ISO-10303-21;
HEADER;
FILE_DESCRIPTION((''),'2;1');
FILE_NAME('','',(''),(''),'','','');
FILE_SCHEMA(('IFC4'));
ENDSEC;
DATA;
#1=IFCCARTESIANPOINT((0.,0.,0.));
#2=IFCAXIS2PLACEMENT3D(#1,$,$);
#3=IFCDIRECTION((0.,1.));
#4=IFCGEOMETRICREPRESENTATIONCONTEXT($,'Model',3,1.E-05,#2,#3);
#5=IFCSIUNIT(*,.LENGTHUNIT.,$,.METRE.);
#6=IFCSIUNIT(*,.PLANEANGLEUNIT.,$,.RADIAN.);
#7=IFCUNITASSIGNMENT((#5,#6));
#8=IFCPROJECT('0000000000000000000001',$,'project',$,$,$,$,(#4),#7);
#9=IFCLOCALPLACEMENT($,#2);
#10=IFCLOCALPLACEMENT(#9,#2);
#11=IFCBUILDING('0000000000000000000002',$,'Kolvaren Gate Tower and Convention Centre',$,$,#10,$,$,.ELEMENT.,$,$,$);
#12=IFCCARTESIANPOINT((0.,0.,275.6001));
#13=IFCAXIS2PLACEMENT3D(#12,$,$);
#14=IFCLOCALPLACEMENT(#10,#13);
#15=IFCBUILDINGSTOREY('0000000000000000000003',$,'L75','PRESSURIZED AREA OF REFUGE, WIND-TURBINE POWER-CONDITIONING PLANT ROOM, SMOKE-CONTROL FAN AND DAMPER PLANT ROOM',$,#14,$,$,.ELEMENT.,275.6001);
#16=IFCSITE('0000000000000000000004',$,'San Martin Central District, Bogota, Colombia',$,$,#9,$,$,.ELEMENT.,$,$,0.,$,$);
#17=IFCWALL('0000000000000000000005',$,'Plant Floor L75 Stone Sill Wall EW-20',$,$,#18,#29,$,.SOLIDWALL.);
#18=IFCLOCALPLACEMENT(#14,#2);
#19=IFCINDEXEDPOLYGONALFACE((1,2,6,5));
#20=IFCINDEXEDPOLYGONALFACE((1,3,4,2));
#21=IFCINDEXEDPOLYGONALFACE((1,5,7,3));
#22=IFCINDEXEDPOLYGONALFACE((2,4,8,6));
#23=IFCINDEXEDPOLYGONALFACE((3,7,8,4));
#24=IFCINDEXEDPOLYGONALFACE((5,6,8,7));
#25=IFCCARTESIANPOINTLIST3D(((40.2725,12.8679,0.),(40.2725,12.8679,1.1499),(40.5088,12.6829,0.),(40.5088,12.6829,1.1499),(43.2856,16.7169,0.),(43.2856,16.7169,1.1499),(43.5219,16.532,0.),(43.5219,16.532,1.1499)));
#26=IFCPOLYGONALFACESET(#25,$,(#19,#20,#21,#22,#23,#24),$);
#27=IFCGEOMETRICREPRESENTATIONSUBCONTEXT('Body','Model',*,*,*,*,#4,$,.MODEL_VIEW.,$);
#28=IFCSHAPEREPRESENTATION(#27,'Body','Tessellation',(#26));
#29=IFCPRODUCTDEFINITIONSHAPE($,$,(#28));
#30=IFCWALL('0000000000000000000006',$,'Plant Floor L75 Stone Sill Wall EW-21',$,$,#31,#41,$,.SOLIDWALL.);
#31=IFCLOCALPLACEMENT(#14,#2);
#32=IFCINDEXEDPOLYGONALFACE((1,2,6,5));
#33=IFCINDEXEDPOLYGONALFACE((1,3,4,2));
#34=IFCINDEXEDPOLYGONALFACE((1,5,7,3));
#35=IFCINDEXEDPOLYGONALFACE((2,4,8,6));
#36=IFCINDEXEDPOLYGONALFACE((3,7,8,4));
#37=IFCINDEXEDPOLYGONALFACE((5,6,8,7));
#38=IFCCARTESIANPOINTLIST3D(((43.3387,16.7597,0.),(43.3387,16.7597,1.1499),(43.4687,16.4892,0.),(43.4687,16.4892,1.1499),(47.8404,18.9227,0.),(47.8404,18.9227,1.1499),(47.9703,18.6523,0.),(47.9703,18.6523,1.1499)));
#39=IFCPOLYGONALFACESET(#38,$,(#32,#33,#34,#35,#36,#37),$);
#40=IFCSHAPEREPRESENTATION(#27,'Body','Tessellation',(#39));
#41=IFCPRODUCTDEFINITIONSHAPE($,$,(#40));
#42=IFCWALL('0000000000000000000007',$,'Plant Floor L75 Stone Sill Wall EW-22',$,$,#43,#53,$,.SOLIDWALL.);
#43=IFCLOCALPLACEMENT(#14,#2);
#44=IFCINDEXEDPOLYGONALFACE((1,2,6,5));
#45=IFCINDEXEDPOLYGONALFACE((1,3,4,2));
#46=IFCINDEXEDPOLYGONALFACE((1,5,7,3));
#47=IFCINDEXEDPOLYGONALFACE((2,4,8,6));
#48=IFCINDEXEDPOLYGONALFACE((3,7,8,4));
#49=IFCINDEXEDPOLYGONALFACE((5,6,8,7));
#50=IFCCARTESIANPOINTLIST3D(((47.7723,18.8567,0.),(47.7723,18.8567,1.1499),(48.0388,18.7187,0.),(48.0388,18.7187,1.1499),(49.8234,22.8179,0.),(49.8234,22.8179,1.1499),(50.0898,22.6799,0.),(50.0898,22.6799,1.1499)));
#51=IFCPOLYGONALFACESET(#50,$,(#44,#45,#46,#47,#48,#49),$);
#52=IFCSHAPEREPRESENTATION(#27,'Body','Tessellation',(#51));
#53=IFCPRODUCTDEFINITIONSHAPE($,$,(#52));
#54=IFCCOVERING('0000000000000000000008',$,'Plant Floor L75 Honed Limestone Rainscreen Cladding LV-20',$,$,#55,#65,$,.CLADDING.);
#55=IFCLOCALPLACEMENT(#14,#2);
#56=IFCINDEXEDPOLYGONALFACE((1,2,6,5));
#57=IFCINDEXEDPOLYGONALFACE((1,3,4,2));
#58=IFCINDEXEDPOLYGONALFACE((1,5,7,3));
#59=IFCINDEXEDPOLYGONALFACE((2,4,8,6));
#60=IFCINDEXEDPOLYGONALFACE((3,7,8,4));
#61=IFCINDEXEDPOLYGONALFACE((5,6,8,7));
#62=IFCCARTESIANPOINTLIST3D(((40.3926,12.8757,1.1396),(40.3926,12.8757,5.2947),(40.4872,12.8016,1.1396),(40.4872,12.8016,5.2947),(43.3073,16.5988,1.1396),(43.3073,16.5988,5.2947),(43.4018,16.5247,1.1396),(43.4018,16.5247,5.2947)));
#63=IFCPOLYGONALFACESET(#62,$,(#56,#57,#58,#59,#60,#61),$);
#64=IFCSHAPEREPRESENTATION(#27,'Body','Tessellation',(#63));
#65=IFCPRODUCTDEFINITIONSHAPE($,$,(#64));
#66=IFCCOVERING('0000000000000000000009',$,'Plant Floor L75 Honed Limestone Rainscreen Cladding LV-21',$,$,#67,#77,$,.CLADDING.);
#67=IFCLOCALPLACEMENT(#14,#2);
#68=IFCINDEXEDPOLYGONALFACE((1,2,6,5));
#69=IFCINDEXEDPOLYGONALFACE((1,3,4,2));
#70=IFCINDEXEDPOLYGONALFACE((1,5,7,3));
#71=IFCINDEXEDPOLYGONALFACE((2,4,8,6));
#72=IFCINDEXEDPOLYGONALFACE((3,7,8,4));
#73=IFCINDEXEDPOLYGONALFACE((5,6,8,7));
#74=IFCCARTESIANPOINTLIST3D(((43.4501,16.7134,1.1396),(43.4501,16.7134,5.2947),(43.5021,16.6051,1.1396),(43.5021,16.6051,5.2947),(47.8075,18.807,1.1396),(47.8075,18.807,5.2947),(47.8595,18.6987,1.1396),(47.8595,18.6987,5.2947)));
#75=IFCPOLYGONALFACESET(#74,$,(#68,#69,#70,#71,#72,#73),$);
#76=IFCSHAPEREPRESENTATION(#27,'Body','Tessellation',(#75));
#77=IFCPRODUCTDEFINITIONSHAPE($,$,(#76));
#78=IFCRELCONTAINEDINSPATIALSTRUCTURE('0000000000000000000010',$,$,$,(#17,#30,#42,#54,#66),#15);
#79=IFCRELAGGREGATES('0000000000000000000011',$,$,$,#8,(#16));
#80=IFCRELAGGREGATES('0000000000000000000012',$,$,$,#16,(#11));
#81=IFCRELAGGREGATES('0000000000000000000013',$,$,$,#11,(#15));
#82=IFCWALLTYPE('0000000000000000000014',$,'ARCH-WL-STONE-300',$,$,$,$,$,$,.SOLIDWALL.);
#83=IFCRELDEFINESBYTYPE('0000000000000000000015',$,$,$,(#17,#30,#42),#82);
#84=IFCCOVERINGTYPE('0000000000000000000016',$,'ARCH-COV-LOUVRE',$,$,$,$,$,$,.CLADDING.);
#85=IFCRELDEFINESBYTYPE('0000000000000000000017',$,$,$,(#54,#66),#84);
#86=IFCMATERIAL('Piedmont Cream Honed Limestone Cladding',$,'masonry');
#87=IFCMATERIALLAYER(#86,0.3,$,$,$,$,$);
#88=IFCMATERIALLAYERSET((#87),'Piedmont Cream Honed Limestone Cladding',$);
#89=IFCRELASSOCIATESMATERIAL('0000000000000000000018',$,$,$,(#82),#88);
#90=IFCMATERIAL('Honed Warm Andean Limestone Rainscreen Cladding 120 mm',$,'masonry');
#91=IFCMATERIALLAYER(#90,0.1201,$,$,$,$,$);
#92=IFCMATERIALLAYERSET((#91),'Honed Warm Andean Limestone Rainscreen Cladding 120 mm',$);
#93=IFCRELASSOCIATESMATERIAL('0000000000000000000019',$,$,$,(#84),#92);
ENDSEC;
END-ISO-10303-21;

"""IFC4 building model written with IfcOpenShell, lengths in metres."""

from ifc_helpers import new_model, si_unit, direction, frame, frame_2d, origin, origin_2d, place, context, subcontext, project, spatial, rectangle, extrude, material, layer, layer_set, type_object, element, save


model = new_model("IFC4")

# Units and contexts
model_context = context("Model", 3, precision=1e-05, world=origin(), true_north=direction((0.0, 1.0)))
body_context = subcontext(model_context, "Body", "Model", "MODEL_VIEW")
ifc_project = project(units=[si_unit("LENGTHUNIT", "METRE"), si_unit("PLANEANGLEUNIT", "RADIAN")], contexts=[model_context])

# Site, building, storey
site_placement = place(None, origin())
site = spatial("IfcSite", under=ifc_project, at=site_placement, Name="San Martin Central District, Bogota, Colombia", CompositionType="ELEMENT", RefElevation=0.0)
building_placement = place(site_placement, origin())
building = spatial("IfcBuilding", under=site, at=building_placement, Name="Kolvaren Gate Tower and Convention Centre", CompositionType="ELEMENT")
storey_placement = place(building_placement, frame((0.0, 0.0, 275.6001)))
storey = spatial("IfcBuildingStorey", under=building, at=storey_placement, Name="L75", Description="PRESSURIZED AREA OF REFUGE, WIND-TURBINE POWER-CONDITIONING PLANT ROOM, SMOKE-CONTROL FAN AND DAMPER PLANT ROOM", CompositionType="ELEMENT", Elevation=275.6001)

# Walls
ifc_material_1 = material(Name="Piedmont Cream Honed Limestone Cladding", Category="masonry")
ifc_layer_1 = layer(ifc_material_1, 0.3)
ifc_layer_set_1 = layer_set([ifc_layer_1], Name="Piedmont Cream Honed Limestone Cladding")
wall_type_1 = type_object("IfcWallType", Name="ARCH-WL-STONE-300", PredefinedType="SOLIDWALL", material=ifc_layer_set_1)
wall_1_placement = place(storey_placement, frame((40.3906, 12.7754, 0.0), z_axis=(0.0, 0.0, 1.0), x_axis=(0.616413, 0.787423, 0.0)))
element("IfcWall", 1, at=wall_1_placement, inside=storey, type_object=wall_type_1, Name="Plant Floor L75 Stone Sill Wall EW-20", PredefinedType="SOLIDWALL", context=body_context, shape_type="SweptSolid", body=[
    extrude(rectangle(XDim=4.8882, YDim=0.3, at=frame_2d((2.4441, 0.0))), origin(), (0.0, 0.0, 1.0), 1.1499),
])
wall_2_placement = place(storey_placement, frame((43.4038, 16.6245, 0.0), z_axis=(0.0, 0.0, 1.0), x_axis=(0.901346, 0.4331, 0.0)))
element("IfcWall", 2, at=wall_2_placement, inside=storey, type_object=wall_type_1, Name="Plant Floor L75 Stone Sill Wall EW-21", PredefinedType="SOLIDWALL", context=body_context, shape_type="SweptSolid", body=[
    extrude(rectangle(XDim=4.9944, YDim=0.3, at=frame_2d((2.4971, 0.0))), origin(), (0.0, 0.0, 1.0), 1.1499),
])
wall_3_placement = place(storey_placement, frame((47.9055, 18.7876, 0.0), z_axis=(0.0, 0.0, 1.0), x_axis=(0.459801, 0.888022, 0.0)))
element("IfcWall", 3, at=wall_3_placement, inside=storey, type_object=wall_type_1, Name="Plant Floor L75 Stone Sill Wall EW-22", PredefinedType="SOLIDWALL", context=body_context, shape_type="SweptSolid", body=[
    extrude(rectangle(XDim=4.4607, YDim=0.3, at=frame_2d((2.2305, 0.0))), origin(), (0.0, 0.0, 1.0), 1.1499),
])

# Coverings
ifc_material_2 = material(Name="Honed Warm Andean Limestone Rainscreen Cladding 120 mm", Category="masonry")
ifc_layer_2 = layer(ifc_material_2, 0.1201)
ifc_layer_set_2 = layer_set([ifc_layer_2], Name="Honed Warm Andean Limestone Rainscreen Cladding 120 mm")
covering_type = type_object("IfcCoveringType", Name="ARCH-COV-LOUVRE", PredefinedType="CLADDING", material=ifc_layer_set_2)
covering_1_placement = place(storey_placement, frame((41.8972, 14.7002, 1.1396), z_axis=(0.0, 0.0, 1.0), x_axis=(0.61643, 0.78741, 0.0)))
element("IfcCovering", 4, at=covering_1_placement, inside=storey, type_object=covering_type, Name="Plant Floor L75 Honed Limestone Rainscreen Cladding LV-20", PredefinedType="CLADDING", context=body_context, shape_type="SweptSolid", body=[
    extrude(rectangle(XDim=4.7283, YDim=0.1201, at=origin_2d()), origin(), (0.0, 0.0, 1.0), 4.155),
])
covering_2_placement = place(storey_placement, frame((45.6548, 17.7061, 1.1396), z_axis=(0.0, 0.0, 1.0), x_axis=(0.901356, 0.433079, 0.0)))
element("IfcCovering", 5, at=covering_2_placement, inside=storey, type_object=covering_type, Name="Plant Floor L75 Honed Limestone Rainscreen Cladding LV-21", PredefinedType="CLADDING", context=body_context, shape_type="SweptSolid", body=[
    extrude(rectangle(XDim=4.8342, YDim=0.1201, at=origin_2d()), origin(), (0.0, 0.0, 1.0), 4.155),
])

save(model, "model.ifc")
